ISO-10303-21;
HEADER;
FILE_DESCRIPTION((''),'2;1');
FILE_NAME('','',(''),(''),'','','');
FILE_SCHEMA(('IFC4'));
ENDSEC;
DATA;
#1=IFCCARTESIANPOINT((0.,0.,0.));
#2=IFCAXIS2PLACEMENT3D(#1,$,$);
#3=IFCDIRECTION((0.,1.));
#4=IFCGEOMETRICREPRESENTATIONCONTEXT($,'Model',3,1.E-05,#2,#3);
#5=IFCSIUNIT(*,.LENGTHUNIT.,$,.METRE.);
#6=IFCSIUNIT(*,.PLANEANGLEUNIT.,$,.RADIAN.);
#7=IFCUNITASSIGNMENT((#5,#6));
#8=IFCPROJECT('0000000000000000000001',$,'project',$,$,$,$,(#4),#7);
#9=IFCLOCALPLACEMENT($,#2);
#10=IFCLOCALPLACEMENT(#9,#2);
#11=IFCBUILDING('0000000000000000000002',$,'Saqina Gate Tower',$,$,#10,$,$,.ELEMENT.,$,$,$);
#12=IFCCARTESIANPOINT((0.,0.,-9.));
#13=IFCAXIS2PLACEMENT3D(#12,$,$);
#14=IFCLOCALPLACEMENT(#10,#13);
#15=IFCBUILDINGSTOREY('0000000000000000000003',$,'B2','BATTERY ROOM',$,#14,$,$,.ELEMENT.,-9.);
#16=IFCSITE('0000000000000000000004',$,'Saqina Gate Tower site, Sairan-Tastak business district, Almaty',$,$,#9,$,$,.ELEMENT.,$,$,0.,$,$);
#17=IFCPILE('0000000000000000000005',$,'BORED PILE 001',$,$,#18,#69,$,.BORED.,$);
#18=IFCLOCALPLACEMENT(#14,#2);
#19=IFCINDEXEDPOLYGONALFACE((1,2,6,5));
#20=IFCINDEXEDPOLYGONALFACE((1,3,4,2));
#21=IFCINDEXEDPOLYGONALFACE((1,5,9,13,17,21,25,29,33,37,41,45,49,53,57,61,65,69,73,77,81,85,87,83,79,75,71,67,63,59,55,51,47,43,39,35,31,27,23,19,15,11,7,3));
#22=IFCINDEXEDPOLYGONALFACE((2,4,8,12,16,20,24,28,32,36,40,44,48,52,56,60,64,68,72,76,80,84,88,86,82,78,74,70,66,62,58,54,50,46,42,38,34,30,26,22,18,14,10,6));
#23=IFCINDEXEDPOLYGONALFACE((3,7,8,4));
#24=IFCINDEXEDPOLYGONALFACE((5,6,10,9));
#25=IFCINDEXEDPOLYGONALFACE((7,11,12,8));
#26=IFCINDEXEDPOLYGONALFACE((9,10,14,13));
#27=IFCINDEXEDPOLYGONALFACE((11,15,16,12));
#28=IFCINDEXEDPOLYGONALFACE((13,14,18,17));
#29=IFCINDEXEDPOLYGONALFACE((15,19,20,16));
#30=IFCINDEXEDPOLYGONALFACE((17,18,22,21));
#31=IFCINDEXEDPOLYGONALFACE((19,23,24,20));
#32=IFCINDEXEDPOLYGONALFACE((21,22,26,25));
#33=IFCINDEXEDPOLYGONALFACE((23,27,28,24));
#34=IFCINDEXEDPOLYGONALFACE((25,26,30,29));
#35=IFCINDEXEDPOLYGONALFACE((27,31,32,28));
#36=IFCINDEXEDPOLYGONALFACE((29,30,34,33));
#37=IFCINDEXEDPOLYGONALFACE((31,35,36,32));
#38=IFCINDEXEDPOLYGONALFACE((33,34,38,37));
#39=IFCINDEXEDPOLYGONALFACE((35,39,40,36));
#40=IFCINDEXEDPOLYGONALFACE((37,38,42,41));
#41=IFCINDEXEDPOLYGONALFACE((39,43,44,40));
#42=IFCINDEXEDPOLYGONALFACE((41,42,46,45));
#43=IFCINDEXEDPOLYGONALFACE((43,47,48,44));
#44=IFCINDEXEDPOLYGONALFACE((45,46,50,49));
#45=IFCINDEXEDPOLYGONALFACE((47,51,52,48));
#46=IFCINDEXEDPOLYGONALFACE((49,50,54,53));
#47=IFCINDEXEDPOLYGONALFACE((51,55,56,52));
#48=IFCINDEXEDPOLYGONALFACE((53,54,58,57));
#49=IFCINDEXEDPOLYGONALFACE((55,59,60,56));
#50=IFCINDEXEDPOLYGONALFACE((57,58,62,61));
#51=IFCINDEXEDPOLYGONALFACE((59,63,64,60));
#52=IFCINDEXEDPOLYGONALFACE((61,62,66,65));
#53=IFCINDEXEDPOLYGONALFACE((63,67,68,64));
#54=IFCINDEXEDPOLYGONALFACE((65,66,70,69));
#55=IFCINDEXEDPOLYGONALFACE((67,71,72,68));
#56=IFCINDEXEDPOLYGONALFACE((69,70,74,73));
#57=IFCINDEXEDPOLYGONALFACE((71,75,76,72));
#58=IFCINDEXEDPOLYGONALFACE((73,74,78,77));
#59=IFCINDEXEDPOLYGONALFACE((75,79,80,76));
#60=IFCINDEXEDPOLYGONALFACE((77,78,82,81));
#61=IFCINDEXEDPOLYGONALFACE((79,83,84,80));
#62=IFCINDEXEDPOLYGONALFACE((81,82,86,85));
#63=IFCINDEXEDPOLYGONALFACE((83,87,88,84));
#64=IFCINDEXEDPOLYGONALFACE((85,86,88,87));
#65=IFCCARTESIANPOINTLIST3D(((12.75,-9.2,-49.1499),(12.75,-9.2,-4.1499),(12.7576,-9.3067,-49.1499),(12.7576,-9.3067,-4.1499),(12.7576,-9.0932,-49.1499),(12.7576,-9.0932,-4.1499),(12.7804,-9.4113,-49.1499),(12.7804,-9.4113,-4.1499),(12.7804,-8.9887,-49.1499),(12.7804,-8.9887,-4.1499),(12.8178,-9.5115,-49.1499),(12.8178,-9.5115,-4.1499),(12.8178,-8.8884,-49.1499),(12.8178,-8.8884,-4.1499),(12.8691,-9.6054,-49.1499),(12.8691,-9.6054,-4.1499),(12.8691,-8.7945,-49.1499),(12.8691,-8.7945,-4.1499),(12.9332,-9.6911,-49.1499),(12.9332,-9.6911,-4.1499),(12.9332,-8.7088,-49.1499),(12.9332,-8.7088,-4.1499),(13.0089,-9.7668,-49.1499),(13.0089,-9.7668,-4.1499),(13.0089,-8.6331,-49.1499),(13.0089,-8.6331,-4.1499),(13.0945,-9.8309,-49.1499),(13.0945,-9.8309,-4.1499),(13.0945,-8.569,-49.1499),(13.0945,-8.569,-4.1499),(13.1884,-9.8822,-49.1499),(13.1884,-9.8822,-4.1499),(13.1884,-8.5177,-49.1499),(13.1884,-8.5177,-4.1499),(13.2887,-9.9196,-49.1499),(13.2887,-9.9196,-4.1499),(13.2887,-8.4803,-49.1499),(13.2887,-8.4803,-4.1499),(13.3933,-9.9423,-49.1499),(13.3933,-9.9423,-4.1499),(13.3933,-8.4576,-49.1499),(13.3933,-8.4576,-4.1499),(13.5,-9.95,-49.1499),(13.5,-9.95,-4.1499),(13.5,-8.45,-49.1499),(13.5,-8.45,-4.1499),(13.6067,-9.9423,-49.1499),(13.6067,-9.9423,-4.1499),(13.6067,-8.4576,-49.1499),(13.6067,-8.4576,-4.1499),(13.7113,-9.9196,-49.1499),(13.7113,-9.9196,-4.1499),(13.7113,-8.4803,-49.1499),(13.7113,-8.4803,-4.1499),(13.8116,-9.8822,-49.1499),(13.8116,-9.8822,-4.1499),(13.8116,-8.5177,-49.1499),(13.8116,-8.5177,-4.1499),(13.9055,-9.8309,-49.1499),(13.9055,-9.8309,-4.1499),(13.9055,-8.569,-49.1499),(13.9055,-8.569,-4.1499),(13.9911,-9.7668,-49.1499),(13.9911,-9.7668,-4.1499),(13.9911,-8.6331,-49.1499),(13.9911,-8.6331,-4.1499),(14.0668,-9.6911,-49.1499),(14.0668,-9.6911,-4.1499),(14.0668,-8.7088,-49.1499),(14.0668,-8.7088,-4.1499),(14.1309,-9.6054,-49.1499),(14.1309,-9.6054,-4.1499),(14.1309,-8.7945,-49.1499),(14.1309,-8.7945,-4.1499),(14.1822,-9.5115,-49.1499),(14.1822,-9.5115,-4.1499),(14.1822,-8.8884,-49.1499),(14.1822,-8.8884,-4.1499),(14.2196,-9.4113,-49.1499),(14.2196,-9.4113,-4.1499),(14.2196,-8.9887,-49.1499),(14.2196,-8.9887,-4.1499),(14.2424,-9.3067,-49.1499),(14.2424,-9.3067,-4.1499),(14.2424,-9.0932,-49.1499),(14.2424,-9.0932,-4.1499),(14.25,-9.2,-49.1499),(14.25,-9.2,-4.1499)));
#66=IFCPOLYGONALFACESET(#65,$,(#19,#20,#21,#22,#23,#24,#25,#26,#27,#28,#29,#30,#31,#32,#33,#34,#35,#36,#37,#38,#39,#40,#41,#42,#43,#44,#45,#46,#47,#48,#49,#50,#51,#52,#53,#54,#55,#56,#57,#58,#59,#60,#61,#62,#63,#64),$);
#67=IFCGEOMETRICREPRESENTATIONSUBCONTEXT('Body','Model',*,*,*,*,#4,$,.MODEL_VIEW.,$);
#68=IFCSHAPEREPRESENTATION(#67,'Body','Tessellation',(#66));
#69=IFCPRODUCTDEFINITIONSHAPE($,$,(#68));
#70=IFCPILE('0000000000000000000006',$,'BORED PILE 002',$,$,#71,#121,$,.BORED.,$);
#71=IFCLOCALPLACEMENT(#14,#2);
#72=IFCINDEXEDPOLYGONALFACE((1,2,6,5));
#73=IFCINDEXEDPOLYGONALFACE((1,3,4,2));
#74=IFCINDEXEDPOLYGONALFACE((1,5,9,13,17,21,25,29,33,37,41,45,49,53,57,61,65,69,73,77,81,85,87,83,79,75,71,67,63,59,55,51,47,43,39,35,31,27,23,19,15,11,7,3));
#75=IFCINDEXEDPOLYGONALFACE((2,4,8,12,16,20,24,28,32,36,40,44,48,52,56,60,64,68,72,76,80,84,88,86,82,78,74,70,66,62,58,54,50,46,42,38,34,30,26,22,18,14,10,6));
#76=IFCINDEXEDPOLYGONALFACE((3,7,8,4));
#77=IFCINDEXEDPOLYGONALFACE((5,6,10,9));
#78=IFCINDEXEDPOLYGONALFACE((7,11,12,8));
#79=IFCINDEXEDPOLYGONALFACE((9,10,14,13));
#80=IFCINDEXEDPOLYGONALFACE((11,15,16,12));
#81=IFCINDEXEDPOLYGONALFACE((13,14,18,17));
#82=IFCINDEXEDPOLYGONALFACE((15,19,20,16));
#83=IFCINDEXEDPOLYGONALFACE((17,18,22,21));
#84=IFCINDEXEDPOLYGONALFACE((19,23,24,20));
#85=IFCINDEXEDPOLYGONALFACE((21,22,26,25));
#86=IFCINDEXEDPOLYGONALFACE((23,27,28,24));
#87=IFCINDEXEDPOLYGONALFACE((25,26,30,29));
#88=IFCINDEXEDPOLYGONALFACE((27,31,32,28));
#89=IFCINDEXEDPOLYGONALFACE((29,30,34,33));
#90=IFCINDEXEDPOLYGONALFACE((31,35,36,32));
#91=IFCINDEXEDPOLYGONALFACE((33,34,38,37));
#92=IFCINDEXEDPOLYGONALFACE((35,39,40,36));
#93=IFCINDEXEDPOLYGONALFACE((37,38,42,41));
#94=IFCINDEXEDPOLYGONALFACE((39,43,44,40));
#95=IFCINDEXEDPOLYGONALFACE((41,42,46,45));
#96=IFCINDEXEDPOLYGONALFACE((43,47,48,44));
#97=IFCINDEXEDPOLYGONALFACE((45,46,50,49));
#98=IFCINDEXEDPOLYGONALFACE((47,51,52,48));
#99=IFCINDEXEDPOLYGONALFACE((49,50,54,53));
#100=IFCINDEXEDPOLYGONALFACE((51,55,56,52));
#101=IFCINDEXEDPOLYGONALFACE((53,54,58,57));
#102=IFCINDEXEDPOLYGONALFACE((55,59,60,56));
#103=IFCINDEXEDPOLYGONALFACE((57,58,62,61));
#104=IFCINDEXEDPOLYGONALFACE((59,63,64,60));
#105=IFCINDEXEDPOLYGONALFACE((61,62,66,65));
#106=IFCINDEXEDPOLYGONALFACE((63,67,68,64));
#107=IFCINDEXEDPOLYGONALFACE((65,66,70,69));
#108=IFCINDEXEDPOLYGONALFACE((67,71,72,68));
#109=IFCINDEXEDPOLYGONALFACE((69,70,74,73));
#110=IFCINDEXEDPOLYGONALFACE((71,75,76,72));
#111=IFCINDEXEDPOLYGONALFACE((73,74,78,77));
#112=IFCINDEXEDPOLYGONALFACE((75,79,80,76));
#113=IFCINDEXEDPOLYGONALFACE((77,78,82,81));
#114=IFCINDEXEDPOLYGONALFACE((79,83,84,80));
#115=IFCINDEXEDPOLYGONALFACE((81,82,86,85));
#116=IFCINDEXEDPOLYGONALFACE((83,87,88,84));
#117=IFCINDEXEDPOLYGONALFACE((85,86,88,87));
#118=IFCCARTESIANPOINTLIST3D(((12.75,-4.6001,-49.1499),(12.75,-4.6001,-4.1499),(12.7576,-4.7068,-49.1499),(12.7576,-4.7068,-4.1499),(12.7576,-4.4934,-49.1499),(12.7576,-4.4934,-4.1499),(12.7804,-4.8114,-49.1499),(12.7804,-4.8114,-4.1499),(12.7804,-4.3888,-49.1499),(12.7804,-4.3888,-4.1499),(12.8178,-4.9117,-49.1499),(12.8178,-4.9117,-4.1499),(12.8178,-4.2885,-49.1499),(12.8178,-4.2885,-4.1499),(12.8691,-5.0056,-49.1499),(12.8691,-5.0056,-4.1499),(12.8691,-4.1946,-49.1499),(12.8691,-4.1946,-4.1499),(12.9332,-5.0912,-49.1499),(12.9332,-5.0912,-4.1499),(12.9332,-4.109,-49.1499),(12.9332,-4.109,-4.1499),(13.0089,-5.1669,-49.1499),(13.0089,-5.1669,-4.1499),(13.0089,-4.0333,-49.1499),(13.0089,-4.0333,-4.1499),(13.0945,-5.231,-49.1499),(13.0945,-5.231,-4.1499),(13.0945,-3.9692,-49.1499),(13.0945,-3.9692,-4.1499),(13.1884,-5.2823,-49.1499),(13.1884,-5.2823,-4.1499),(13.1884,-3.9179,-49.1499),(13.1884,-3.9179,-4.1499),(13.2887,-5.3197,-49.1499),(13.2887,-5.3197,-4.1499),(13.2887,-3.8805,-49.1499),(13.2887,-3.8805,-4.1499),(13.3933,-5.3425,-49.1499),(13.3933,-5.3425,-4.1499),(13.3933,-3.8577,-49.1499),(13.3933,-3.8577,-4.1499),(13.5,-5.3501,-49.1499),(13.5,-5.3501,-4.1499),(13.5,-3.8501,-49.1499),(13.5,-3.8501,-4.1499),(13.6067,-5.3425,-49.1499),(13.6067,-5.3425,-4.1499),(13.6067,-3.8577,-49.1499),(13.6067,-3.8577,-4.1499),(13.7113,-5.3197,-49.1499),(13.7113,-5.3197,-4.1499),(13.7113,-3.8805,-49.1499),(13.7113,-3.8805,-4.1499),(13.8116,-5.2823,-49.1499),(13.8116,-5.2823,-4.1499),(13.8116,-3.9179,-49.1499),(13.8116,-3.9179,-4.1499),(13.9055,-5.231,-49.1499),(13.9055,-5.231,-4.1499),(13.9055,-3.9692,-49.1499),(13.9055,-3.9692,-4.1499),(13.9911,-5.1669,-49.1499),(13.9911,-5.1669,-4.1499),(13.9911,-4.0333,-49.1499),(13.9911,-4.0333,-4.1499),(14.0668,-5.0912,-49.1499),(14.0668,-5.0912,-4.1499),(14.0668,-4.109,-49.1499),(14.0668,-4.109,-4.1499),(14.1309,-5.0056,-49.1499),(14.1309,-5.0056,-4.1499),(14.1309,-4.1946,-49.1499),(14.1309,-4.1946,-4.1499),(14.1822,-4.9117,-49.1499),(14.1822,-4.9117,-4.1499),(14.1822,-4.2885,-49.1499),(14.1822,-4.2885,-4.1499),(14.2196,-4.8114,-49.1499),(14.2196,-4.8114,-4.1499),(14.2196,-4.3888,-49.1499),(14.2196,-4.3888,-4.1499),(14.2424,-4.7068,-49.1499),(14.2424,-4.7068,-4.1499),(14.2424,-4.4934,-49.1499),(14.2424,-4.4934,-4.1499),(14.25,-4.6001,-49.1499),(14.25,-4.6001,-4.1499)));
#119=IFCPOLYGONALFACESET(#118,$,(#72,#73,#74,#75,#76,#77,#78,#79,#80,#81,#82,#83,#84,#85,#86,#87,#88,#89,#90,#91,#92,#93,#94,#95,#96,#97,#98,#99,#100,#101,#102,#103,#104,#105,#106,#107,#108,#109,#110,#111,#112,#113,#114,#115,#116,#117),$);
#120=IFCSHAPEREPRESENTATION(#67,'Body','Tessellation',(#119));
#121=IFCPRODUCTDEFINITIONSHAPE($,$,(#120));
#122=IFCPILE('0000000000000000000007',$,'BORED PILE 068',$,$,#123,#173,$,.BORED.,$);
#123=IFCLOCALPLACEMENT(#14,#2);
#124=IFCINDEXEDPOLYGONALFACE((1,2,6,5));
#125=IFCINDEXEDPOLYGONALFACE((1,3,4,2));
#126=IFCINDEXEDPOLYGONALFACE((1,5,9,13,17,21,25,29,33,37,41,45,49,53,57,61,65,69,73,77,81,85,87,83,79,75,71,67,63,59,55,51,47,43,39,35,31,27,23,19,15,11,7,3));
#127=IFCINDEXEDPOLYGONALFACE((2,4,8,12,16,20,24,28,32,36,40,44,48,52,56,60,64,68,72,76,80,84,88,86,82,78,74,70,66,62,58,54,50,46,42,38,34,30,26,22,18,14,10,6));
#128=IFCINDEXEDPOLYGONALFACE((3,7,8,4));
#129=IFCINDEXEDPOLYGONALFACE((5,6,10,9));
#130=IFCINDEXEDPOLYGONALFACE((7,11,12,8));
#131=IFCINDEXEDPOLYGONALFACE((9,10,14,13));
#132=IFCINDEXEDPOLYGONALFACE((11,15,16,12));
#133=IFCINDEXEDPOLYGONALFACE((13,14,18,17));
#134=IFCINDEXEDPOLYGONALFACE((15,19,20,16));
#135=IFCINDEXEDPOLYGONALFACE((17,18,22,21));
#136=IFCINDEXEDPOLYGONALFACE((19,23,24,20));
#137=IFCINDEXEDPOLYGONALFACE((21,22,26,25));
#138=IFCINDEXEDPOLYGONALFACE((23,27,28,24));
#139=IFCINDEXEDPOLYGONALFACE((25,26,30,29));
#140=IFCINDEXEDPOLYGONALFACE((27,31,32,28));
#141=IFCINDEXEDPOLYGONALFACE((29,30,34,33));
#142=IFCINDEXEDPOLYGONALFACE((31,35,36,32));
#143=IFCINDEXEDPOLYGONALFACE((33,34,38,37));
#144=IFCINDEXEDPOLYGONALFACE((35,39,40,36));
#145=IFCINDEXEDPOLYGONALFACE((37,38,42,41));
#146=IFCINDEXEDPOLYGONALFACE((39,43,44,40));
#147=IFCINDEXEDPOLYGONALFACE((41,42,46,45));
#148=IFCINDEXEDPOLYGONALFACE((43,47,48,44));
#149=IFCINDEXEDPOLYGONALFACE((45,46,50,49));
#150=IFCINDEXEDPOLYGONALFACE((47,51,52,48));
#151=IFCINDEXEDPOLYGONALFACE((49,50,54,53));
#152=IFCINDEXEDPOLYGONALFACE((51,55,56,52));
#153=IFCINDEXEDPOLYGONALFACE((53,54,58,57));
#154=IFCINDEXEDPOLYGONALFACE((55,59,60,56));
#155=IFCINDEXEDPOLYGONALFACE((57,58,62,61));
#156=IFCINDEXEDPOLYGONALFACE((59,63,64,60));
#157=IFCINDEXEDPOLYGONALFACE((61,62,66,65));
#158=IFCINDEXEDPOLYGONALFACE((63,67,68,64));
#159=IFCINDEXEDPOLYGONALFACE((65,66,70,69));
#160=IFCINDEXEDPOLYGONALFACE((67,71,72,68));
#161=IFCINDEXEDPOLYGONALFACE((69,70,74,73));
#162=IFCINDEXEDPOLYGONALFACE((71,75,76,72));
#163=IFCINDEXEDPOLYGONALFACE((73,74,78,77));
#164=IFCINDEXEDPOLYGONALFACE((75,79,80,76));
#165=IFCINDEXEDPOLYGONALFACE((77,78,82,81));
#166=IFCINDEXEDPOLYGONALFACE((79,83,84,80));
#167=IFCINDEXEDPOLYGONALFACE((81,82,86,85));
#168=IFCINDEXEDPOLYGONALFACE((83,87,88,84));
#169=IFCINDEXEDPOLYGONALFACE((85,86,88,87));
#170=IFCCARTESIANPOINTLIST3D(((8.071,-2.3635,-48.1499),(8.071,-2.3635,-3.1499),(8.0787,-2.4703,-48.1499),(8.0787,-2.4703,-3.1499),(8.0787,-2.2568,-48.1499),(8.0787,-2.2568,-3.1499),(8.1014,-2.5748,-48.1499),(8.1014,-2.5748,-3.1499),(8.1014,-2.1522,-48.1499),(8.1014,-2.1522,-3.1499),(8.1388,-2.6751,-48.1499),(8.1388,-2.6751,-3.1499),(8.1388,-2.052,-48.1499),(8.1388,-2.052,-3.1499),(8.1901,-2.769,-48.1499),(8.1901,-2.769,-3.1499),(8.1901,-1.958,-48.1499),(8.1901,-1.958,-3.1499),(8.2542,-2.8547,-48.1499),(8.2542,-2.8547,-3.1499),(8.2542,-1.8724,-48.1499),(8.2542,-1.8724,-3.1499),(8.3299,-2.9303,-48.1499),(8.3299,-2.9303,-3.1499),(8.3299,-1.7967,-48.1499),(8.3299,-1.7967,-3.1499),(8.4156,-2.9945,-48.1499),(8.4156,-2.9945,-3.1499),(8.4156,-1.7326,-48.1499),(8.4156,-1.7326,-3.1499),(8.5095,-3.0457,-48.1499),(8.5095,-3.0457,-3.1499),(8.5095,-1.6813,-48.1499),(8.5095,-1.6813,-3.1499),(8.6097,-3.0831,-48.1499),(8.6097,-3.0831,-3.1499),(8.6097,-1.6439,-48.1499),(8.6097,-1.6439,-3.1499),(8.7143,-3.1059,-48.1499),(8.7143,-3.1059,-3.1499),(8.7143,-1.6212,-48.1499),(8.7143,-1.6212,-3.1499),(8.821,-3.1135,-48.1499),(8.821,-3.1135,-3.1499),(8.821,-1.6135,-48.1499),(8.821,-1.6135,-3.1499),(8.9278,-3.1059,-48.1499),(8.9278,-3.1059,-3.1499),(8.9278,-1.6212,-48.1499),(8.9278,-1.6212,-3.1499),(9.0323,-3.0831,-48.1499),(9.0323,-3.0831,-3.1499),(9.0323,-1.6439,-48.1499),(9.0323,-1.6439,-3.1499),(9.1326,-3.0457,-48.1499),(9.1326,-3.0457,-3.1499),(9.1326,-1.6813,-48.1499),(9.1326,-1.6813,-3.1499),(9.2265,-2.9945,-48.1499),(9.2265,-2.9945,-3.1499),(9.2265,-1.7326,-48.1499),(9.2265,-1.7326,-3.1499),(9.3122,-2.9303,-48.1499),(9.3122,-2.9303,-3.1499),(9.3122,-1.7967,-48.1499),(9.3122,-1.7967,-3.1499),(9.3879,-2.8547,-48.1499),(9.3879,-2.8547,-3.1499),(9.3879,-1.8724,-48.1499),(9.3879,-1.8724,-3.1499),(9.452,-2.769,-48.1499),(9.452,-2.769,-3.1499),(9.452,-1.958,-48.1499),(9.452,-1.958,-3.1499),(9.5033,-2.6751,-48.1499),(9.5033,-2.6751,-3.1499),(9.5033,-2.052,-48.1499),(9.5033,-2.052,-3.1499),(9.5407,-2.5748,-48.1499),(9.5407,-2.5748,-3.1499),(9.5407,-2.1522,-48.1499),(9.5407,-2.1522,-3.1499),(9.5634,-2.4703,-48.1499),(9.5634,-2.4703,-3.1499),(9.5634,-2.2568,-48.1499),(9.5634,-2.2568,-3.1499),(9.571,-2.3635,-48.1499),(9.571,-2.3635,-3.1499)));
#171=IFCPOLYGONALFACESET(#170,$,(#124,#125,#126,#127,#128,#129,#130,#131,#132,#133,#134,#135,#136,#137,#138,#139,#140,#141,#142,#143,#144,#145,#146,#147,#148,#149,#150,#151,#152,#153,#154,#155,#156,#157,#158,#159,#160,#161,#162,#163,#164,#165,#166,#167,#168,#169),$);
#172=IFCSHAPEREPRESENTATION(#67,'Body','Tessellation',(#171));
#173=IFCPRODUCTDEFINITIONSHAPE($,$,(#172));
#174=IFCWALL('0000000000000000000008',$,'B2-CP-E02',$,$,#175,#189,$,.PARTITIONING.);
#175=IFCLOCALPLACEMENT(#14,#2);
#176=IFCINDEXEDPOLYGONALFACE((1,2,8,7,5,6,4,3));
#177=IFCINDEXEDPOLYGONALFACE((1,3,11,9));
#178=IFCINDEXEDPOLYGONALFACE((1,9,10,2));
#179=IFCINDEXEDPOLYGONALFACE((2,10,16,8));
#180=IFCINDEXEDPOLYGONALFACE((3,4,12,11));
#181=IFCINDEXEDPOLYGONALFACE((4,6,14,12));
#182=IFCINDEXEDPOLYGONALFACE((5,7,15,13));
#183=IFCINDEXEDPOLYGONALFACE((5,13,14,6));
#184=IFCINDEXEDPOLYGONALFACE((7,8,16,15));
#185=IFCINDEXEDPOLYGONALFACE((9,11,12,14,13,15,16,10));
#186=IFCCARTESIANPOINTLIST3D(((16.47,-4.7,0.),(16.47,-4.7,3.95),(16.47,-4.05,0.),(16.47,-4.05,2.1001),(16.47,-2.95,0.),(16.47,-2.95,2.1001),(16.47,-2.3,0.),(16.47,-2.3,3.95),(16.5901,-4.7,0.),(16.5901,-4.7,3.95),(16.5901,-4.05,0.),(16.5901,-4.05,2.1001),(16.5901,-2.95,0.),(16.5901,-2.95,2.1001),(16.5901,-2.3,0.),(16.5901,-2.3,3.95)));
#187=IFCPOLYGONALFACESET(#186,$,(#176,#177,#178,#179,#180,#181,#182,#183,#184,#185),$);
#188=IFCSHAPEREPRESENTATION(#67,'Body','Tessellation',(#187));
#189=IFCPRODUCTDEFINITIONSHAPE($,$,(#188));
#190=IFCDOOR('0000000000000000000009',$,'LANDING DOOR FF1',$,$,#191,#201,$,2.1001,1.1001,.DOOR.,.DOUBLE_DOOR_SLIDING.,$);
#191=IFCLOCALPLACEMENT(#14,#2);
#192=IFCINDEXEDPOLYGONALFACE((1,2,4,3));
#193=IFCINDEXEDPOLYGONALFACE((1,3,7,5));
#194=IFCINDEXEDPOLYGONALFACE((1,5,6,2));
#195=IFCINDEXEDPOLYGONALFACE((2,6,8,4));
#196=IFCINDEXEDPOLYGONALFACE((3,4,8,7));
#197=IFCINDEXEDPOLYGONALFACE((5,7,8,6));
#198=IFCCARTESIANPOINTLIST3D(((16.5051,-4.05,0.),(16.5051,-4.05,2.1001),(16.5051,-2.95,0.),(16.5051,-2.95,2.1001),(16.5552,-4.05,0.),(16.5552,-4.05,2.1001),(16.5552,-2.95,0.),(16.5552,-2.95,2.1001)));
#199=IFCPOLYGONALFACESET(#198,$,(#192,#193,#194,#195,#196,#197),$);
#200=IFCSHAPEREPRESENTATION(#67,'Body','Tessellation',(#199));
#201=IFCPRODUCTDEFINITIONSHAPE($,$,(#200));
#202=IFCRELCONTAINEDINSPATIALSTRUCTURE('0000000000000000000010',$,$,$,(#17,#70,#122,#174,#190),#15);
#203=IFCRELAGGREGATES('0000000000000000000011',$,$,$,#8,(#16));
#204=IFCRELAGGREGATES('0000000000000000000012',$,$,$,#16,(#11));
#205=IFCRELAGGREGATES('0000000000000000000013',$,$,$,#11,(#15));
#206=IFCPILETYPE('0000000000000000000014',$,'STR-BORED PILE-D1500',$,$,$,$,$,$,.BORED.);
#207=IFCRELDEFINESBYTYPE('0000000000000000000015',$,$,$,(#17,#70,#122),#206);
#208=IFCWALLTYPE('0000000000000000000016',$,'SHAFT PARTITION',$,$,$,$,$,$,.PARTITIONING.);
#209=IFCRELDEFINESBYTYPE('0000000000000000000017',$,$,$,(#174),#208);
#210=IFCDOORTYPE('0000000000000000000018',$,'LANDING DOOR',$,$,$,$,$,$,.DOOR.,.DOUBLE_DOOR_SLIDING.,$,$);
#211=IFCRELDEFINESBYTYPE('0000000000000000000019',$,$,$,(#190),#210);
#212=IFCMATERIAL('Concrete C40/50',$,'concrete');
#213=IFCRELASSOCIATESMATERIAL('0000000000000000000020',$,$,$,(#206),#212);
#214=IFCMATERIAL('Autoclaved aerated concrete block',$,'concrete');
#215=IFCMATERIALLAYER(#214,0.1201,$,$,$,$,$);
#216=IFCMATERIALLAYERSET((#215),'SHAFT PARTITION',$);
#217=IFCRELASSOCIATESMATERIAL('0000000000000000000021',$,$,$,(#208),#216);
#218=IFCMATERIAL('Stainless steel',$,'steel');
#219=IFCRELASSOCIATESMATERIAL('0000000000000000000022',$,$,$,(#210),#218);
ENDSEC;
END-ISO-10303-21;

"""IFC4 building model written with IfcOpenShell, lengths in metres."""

from ifc_helpers import new_model, si_unit, direction, frame, frame_2d, origin, origin_2d, place, context, subcontext, project, spatial, rectangle, circle, extrude, material, layer, layer_set, material_profile, profile_set, type_object, element, fill, save


model = new_model("IFC4")

# Units and contexts
model_context = context("Model", 3, precision=1e-05, world=origin(), true_north=direction((0.0, 1.0)))
body_context = subcontext(model_context, "Body", "Model", "MODEL_VIEW")
ifc_project = project(units=[si_unit("LENGTHUNIT", "METRE"), si_unit("PLANEANGLEUNIT", "RADIAN")], contexts=[model_context])

# Site, building, storey
site_placement = place(None, origin())
site = spatial("IfcSite", under=ifc_project, at=site_placement, Name="Saqina Gate Tower site, Sairan-Tastak business district, Almaty", CompositionType="ELEMENT", RefElevation=0.0)
building_placement = place(site_placement, origin())
building = spatial("IfcBuilding", under=site, at=building_placement, Name="Saqina Gate Tower", CompositionType="ELEMENT")
storey_placement = place(building_placement, frame((0.0, 0.0, -9.0)))
storey = spatial("IfcBuildingStorey", under=building, at=storey_placement, Name="B2", Description="BATTERY ROOM", CompositionType="ELEMENT", Elevation=-9.0)

# Piles
ifc_material_1 = material(Name="Concrete C40/50", Category="concrete")
ifc_material_profile = material_profile(ifc_material_1, circle(Radius=0.75, at=origin_2d()), Name="RC D1500")
ifc_profile_set = profile_set([ifc_material_profile], Name="Concrete C40/50")
pile_type = type_object("IfcPileType", Name="STR-BORED PILE-D1500", PredefinedType="BORED", material=ifc_profile_set)
for number, where, z_axis, x_axis, name in (
    (1, (13.5, -9.2, -4.1499), (0.0, 0.0, -1.0), (1.0, 0.0, 0.0), "BORED PILE 001"),
    (2, (13.5, -4.6001, -4.1499), (0.0, 0.0, -1.0), (1.0, 0.0, 0.0), "BORED PILE 002"),
    (3, (8.821, -2.3635, -3.1499), (0.0, 0.0, -1.0), (1.0, 0.0, 0.0), "BORED PILE 068"),
):
    element("IfcPile", number, at=place(storey_placement, frame(where, z_axis=z_axis, x_axis=x_axis)), inside=storey, type_object=pile_type, Name=name, PredefinedType="BORED", context=body_context, shape_type="SweptSolid", body=[
        extrude(circle(Radius=0.75, at=origin_2d()), origin(), (0.0, 0.0, 1.0), 45.0),
    ])

# Wall, opening, door
ifc_material_2 = material(Name="Autoclaved aerated concrete block", Category="concrete")
ifc_layer_1 = layer(ifc_material_2, 0.1201)
ifc_layer_set_1 = layer_set([ifc_layer_1], Name="SHAFT PARTITION")
wall_type_1 = type_object("IfcWallType", Name="SHAFT PARTITION", PredefinedType="PARTITIONING", material=ifc_layer_set_1)
wall_1_placement = place(storey_placement, frame((16.53, -4.7, 0.0), z_axis=(0.0, 0.0, 1.0), x_axis=(0.0, 1.0, 0.0)))
wall_1 = element("IfcWall", 4, at=wall_1_placement, inside=storey, type_object=wall_type_1, Name="B2-CP-E02", PredefinedType="PARTITIONING", context=body_context, shape_type="SweptSolid", body=[
    extrude(rectangle(XDim=2.3999, YDim=0.1201, at=frame_2d((1.2, 0.0))), origin(), (0.0, 0.0, 1.0), 3.95),
])
opening_1_placement = place(wall_1_placement, frame((0.6499, 0.0, 0.0)))
opening_1 = element("IfcOpeningElement", 5, at=opening_1_placement, cuts=wall_1, PredefinedType="OPENING", context=body_context, shape_type="SweptSolid", body=[
    extrude(rectangle(XDim=1.1001, YDim=2.1001, at=frame_2d((0.55, 1.05))), frame((0.0, 0.072, 0.0), z_axis=(0.0, -1.0, 0.0), x_axis=(1.0, 0.0, 0.0)), (0.0, 0.0, 1.0), 0.144),
])
ifc_material_3 = material(Name="Stainless steel", Category="steel")
door_type_1 = type_object("IfcDoorType", Name="LANDING DOOR", OperationType="DOUBLE_DOOR_SLIDING", PredefinedType="DOOR", material=ifc_material_3)
door_1_placement = place(opening_1_placement, origin())
door_1 = element("IfcDoor", 6, at=door_1_placement, inside=storey, type_object=door_type_1, Name="LANDING DOOR FF1", OperationType="DOUBLE_DOOR_SLIDING", OverallHeight=2.1001, OverallWidth=1.1001, PredefinedType="DOOR", context=body_context, shape_type="SweptSolid", body=[
    extrude(rectangle(XDim=1.1001, YDim=2.1001, at=frame_2d((0.55, 1.05))), frame((0.0, 0.0249, 0.0), z_axis=(0.0, -1.0, 0.0), x_axis=(1.0, 0.0, 0.0)), (0.0, 0.0, 1.0), 0.05),
])
fill(opening_1, door_1)

save(model, "model.ifc")
